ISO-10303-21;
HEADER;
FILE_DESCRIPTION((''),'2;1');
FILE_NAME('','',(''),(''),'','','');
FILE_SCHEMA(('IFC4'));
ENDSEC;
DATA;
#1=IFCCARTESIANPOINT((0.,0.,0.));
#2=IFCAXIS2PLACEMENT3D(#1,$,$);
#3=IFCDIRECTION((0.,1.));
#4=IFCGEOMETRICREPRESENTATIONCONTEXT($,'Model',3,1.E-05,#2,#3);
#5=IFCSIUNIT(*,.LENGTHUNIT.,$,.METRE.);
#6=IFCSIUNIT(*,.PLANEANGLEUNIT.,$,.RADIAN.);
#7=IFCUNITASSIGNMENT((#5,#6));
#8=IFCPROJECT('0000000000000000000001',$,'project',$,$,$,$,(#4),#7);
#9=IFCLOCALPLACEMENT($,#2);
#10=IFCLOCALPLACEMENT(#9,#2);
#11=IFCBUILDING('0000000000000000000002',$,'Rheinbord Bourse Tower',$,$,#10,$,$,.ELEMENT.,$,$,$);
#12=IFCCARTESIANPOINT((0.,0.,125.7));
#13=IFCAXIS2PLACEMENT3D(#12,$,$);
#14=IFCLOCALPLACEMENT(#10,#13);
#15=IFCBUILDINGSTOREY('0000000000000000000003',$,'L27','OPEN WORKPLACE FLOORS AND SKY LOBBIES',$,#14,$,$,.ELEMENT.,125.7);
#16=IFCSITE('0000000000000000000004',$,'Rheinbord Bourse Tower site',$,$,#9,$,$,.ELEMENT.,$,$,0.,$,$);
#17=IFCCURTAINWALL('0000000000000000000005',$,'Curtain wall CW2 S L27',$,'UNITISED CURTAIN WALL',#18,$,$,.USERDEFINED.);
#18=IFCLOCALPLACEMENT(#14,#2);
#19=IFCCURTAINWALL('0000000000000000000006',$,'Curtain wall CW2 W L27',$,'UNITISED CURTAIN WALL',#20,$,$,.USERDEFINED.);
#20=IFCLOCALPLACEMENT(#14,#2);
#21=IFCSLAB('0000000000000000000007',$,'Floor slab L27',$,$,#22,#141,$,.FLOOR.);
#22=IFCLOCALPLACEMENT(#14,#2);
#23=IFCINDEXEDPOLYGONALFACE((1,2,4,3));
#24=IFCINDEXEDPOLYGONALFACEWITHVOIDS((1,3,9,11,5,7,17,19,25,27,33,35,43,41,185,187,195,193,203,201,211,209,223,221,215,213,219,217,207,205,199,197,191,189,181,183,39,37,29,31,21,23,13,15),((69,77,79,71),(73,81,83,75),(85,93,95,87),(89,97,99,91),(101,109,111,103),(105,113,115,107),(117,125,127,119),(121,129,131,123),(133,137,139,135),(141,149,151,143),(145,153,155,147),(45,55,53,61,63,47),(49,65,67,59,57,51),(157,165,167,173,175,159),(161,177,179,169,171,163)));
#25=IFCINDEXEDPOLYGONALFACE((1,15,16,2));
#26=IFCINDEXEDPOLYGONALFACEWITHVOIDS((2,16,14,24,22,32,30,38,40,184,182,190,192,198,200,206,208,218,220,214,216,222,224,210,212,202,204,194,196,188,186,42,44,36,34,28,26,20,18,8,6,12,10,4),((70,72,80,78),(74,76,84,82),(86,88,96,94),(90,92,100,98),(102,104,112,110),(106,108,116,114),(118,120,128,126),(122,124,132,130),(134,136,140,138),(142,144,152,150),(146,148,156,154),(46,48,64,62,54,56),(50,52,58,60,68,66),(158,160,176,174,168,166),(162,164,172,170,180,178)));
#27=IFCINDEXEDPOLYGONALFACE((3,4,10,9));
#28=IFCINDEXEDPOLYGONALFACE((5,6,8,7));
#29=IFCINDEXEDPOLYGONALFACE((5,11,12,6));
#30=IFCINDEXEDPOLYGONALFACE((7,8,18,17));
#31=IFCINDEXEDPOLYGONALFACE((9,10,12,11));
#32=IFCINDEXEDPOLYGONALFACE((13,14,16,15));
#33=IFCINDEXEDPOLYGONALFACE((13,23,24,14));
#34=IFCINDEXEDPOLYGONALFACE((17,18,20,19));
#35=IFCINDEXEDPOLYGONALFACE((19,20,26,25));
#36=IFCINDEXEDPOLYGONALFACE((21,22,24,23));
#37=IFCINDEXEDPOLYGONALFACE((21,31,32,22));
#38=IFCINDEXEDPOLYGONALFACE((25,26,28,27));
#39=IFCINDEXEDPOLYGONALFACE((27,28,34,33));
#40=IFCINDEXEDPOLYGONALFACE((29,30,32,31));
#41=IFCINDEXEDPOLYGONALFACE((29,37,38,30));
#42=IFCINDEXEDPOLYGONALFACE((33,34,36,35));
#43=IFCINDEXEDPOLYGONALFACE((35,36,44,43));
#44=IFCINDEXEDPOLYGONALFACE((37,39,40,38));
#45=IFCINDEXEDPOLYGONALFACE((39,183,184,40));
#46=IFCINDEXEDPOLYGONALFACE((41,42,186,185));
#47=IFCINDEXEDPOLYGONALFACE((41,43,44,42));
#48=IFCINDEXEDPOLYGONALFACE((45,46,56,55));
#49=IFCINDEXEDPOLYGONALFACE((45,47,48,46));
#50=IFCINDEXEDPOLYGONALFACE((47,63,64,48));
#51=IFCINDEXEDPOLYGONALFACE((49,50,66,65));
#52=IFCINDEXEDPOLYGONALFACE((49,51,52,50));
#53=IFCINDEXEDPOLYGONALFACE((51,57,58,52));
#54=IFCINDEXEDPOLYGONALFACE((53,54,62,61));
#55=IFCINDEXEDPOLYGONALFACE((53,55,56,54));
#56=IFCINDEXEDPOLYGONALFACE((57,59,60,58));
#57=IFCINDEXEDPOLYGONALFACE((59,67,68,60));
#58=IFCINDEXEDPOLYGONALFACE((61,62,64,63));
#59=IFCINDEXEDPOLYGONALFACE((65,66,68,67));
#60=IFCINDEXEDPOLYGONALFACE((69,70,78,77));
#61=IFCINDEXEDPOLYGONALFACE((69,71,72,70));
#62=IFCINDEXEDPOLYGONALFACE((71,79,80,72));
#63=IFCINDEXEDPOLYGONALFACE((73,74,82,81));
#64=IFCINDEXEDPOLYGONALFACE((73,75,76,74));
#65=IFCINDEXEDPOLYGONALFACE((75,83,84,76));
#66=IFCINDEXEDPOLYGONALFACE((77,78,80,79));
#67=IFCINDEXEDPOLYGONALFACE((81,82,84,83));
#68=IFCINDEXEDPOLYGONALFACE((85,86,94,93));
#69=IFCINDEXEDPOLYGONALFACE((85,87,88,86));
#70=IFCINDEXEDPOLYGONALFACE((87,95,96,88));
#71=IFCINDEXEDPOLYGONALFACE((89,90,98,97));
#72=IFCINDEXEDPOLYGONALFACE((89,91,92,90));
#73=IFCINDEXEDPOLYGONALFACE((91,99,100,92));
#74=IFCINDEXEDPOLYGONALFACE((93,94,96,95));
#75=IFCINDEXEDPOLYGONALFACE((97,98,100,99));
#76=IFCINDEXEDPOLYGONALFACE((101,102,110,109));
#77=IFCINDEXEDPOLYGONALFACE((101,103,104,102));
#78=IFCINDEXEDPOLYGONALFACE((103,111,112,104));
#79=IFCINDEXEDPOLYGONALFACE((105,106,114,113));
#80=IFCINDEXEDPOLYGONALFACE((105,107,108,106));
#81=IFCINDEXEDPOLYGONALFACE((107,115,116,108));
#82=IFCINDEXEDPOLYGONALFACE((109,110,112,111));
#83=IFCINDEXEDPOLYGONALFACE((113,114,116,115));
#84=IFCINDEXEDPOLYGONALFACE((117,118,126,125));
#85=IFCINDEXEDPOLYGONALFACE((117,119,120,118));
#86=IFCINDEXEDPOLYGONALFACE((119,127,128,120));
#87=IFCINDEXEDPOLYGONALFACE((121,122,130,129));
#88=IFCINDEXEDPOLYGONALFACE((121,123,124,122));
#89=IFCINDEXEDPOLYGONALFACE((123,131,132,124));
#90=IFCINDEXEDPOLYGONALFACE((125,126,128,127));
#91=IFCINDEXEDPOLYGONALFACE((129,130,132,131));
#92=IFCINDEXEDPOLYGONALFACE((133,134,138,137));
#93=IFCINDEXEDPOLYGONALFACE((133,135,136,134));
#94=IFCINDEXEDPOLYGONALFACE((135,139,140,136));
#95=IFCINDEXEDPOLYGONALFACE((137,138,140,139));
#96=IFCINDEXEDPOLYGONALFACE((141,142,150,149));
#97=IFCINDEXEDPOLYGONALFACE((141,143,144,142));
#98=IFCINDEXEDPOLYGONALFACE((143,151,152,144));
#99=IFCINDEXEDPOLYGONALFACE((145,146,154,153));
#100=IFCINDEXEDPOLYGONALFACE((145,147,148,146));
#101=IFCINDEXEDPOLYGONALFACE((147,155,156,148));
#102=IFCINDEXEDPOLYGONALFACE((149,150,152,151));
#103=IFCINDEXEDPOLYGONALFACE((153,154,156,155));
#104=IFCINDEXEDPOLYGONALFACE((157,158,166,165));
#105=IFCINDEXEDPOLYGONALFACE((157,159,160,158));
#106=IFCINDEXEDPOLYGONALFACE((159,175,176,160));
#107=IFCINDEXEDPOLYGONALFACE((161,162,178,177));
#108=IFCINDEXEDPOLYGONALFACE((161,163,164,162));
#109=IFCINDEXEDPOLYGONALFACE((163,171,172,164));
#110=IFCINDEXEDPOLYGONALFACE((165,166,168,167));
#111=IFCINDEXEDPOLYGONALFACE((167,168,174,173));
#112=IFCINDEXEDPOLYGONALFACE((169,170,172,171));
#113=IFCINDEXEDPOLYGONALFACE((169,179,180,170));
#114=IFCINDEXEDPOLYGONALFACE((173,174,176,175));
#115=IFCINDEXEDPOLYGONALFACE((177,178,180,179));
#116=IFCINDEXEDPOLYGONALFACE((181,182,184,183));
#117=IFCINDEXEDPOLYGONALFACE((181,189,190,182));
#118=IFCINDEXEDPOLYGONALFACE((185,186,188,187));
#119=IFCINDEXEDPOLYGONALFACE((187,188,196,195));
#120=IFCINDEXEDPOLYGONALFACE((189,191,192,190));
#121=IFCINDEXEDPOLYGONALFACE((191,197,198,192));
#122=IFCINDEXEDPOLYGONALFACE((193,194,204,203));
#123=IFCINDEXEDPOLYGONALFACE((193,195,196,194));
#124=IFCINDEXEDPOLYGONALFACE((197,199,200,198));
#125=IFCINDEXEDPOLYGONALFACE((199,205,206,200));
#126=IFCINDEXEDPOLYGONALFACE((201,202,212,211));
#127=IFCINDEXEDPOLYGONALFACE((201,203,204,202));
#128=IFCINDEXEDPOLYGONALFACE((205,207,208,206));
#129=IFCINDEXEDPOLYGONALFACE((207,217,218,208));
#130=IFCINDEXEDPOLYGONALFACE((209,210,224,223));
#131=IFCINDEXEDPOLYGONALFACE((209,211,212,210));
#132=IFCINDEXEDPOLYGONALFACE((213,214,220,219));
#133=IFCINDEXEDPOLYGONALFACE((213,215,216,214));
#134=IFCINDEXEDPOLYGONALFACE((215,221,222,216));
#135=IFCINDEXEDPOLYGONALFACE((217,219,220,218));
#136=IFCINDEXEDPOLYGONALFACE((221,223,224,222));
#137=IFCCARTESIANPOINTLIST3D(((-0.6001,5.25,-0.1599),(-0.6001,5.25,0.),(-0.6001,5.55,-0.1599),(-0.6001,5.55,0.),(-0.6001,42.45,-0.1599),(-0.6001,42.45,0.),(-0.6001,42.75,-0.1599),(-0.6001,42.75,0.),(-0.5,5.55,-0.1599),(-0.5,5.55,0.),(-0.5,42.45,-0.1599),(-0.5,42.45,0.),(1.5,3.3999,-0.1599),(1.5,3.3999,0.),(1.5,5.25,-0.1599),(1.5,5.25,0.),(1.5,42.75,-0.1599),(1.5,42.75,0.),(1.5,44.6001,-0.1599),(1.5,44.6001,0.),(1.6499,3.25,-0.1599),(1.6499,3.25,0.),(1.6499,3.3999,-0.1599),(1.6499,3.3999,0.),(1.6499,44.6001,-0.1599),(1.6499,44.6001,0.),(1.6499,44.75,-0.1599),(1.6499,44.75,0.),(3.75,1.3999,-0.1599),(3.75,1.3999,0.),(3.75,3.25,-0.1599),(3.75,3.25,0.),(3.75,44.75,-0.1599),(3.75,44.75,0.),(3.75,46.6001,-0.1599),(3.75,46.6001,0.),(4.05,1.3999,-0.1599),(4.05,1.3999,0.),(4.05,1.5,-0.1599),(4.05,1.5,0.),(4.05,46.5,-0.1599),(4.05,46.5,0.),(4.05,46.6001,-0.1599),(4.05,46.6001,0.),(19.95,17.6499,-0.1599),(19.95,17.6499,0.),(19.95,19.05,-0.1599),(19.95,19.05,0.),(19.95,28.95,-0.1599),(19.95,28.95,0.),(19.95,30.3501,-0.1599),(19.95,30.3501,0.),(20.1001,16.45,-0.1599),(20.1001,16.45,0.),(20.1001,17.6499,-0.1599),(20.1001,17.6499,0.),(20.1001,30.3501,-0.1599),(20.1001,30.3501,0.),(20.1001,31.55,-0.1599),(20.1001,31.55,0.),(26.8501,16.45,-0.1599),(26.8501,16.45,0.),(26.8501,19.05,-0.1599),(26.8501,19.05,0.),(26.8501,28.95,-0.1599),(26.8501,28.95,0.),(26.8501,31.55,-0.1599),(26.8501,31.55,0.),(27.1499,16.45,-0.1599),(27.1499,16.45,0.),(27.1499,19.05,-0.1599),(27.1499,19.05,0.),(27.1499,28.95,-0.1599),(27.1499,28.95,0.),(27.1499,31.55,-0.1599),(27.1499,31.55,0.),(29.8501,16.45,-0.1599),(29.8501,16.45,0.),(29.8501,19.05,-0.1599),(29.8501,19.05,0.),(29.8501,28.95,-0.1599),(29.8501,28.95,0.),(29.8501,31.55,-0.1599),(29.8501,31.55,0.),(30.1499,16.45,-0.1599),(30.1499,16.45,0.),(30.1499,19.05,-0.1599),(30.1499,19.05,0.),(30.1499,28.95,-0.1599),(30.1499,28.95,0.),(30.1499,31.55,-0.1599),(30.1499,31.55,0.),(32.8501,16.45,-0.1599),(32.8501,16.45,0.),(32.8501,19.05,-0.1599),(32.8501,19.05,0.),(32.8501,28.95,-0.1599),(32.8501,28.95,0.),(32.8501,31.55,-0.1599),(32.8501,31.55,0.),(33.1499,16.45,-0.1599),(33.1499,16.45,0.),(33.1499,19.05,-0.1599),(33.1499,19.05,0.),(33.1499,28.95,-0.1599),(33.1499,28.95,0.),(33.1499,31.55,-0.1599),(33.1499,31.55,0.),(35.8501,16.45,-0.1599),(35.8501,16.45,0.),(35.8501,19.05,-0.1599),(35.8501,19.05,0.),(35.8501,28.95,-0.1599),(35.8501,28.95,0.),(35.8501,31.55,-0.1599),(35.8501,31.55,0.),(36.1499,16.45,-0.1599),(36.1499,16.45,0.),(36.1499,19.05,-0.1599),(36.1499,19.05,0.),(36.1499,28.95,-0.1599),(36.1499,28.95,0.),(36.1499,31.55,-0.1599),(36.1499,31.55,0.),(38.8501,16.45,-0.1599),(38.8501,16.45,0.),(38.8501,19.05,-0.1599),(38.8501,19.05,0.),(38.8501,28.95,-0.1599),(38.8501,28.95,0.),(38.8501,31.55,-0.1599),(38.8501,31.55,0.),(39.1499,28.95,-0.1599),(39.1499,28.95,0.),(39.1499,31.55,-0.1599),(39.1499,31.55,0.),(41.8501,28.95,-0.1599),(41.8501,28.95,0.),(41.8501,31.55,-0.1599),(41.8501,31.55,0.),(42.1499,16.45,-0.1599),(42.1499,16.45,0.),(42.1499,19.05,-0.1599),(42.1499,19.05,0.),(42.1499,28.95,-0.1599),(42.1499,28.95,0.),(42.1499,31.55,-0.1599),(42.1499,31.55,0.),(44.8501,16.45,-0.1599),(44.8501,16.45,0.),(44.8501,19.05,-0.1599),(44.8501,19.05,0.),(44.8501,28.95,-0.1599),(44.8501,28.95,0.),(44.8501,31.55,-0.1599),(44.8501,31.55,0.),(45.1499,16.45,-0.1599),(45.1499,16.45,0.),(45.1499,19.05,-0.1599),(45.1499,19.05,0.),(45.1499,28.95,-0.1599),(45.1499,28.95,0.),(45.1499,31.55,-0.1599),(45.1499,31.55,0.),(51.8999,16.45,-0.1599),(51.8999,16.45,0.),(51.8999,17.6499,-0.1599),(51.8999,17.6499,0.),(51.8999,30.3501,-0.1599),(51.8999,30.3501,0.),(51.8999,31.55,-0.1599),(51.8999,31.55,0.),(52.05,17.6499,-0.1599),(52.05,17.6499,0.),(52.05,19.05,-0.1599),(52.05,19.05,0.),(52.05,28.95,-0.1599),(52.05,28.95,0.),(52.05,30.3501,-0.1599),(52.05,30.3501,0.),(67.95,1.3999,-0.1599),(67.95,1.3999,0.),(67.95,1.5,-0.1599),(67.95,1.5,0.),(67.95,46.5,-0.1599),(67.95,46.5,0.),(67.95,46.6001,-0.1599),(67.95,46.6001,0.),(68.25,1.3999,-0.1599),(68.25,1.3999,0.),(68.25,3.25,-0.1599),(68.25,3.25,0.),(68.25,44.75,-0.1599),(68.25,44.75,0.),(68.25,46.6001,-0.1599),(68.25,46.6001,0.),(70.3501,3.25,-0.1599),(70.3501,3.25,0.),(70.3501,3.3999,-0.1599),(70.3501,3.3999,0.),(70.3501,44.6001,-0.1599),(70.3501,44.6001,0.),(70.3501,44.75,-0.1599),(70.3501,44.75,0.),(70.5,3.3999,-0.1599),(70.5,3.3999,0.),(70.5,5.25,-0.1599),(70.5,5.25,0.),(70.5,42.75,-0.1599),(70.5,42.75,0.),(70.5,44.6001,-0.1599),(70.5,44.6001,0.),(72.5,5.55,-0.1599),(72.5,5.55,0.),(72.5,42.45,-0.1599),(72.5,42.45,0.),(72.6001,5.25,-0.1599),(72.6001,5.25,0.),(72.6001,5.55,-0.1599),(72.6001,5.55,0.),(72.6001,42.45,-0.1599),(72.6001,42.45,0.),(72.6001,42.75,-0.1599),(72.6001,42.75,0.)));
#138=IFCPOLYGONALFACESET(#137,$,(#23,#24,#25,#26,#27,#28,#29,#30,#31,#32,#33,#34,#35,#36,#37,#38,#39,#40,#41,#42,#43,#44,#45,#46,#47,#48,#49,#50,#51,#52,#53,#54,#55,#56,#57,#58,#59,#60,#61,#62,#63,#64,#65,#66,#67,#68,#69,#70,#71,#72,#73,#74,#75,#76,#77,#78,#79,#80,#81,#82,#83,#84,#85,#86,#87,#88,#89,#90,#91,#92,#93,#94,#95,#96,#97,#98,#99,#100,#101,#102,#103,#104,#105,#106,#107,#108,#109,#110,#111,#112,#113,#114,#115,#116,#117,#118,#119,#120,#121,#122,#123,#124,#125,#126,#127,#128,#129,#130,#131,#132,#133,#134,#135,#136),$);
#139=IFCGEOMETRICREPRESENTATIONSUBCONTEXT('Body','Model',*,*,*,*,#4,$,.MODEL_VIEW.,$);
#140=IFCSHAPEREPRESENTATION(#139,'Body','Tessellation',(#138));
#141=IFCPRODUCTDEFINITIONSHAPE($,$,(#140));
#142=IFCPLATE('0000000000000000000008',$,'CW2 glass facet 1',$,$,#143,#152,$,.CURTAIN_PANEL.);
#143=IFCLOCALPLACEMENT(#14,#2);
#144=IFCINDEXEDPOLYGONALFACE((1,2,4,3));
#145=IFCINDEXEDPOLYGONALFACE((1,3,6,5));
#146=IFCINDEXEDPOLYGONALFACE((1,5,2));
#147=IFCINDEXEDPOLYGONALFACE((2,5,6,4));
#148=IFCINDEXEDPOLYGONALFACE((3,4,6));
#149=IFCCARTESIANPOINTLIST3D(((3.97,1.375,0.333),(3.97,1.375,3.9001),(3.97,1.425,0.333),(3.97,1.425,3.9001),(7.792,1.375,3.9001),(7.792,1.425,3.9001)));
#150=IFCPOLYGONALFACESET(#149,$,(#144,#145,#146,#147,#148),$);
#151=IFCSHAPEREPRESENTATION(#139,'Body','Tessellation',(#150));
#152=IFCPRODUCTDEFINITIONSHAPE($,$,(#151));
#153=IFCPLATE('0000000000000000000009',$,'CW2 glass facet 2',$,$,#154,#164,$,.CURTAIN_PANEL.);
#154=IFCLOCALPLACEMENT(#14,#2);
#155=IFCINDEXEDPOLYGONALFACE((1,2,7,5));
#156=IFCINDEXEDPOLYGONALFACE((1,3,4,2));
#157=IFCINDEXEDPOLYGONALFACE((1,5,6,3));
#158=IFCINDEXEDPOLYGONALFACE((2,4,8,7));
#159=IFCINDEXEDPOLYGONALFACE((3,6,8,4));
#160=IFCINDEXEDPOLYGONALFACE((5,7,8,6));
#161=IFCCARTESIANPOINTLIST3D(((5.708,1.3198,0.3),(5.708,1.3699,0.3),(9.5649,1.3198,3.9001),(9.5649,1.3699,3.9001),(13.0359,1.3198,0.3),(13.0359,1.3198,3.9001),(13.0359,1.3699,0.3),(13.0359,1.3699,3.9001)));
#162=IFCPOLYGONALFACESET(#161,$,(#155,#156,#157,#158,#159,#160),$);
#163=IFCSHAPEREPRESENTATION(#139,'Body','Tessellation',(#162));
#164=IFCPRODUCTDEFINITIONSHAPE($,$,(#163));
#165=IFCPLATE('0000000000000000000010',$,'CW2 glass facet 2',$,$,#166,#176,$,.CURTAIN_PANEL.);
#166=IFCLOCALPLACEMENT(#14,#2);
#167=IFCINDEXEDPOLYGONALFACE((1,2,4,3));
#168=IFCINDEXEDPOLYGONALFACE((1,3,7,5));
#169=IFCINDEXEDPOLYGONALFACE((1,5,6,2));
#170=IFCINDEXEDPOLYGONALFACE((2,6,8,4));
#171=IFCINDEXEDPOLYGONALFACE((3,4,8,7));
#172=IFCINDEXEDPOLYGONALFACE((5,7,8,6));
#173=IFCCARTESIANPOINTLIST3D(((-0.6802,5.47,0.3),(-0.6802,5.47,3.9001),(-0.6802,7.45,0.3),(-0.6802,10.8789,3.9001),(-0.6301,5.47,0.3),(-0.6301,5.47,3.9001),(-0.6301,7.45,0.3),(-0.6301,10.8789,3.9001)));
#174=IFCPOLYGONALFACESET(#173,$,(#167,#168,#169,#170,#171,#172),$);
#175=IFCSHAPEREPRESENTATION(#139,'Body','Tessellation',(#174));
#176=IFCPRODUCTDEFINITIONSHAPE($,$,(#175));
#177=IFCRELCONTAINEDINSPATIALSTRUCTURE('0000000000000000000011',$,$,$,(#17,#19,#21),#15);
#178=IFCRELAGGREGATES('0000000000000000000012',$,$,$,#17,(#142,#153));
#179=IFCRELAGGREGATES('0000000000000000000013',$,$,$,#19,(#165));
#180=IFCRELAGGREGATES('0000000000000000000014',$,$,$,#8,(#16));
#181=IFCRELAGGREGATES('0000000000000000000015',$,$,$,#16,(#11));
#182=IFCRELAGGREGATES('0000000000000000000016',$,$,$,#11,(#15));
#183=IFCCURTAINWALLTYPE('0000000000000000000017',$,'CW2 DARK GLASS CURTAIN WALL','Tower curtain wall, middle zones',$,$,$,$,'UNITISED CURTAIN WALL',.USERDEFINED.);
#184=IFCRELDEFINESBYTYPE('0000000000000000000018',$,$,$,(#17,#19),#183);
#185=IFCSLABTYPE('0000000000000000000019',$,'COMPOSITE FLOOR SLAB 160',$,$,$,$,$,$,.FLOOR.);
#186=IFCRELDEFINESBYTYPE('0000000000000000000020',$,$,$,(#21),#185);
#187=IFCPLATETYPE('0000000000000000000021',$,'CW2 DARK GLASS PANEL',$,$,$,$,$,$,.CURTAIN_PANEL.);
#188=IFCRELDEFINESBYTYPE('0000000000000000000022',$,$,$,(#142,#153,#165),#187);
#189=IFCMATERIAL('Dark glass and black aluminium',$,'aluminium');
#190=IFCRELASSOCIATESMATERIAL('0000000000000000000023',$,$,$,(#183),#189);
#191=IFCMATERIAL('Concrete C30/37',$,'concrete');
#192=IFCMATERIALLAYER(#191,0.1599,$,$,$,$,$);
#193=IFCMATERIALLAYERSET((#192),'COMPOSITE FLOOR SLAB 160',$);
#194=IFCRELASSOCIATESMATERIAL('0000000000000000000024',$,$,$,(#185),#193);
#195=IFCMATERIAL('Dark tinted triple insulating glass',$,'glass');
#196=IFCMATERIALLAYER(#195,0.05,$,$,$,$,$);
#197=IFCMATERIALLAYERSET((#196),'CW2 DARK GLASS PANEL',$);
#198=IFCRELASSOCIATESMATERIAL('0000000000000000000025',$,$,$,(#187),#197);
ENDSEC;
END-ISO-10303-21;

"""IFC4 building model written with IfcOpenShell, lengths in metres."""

from ifc_helpers import new_model, si_unit, direction, frame, origin, place, context, subcontext, project, spatial, polyline, outline, extrude, material, layer, layer_set, type_object, element, aggregate, save


model = new_model("IFC4")

# Units and contexts
model_context = context("Model", 3, precision=1e-05, world=origin(), true_north=direction((0.0, 1.0)))
body_context = subcontext(model_context, "Body", "Model", "MODEL_VIEW")
ifc_project = project(units=[si_unit("LENGTHUNIT", "METRE"), si_unit("PLANEANGLEUNIT", "RADIAN")], contexts=[model_context])

# Site, building, storey
site_placement = place(None, origin())
site = spatial("IfcSite", under=ifc_project, at=site_placement, Name="Rheinbord Bourse Tower site", CompositionType="ELEMENT", RefElevation=0.0)
building_placement = place(site_placement, origin())
building = spatial("IfcBuilding", under=site, at=building_placement, Name="Rheinbord Bourse Tower", CompositionType="ELEMENT")
storey_placement = place(building_placement, frame((0.0, 0.0, 125.7)))
storey = spatial("IfcBuildingStorey", under=building, at=storey_placement, Name="L27", Description="OPEN WORKPLACE FLOORS AND SKY LOBBIES", CompositionType="ELEMENT", Elevation=125.7)

# Curtain wall
ifc_material_1 = material(Name="Dark glass and black aluminium", Category="aluminium")
curtain_wall_type = type_object("IfcCurtainWallType", Name="CW2 DARK GLASS CURTAIN WALL", Description="Tower curtain wall, middle zones", ElementType="UNITISED CURTAIN WALL", PredefinedType="USERDEFINED", material=ifc_material_1)
curtain_wall_1_placement = place(storey_placement, origin())
curtain_wall_1 = element("IfcCurtainWall", 1, at=curtain_wall_1_placement, inside=storey, type_object=curtain_wall_type, Name="Curtain wall CW2 S L27", ObjectType="UNITISED CURTAIN WALL", PredefinedType="USERDEFINED")

# Curtain wall
curtain_wall_2_placement = place(storey_placement, origin())
curtain_wall_2 = element("IfcCurtainWall", 2, at=curtain_wall_2_placement, inside=storey, type_object=curtain_wall_type, Name="Curtain wall CW2 W L27", ObjectType="UNITISED CURTAIN WALL", PredefinedType="USERDEFINED")

# Slab
ifc_material_2 = material(Name="Concrete C30/37", Category="concrete")
ifc_layer_1 = layer(ifc_material_2, 0.1599)
ifc_layer_set_1 = layer_set([ifc_layer_1], Name="COMPOSITE FLOOR SLAB 160")
slab_type_1 = type_object("IfcSlabType", Name="COMPOSITE FLOOR SLAB 160", PredefinedType="FLOOR", material=ifc_layer_set_1)
slab_1_placement = place(storey_placement, frame((0.0, 0.0, -0.1599)))
element("IfcSlab", 3, at=slab_1_placement, inside=storey, type_object=slab_type_1, Name="Floor slab L27", PredefinedType="FLOOR", context=body_context, shape_type="SweptSolid", body=[
    extrude(outline(polyline([(1.6499, 3.3999), (1.5, 3.3999), (1.5, 5.25), (-0.6001, 5.25), (-0.6001, 5.55), (-0.5, 5.55), (-0.5, 42.45), (-0.6001, 42.45), (-0.6001, 42.75), (1.5, 42.75), (1.5, 44.6001), (1.6499, 44.6001), (1.6499, 44.75), (3.75, 44.75), (3.75, 46.6001), (4.05, 46.6001), (4.05, 46.5), (67.95, 46.5), (67.95, 46.6001), (68.25, 46.6001), (68.25, 44.75), (70.3501, 44.75), (70.3501, 44.6001), (70.5, 44.6001), (70.5, 42.75), (72.6001, 42.75), (72.6001, 42.45), (72.5, 42.45), (72.5, 5.55), (72.6001, 5.55), (72.6001, 5.25), (70.5, 5.25), (70.5, 3.3999), (70.3501, 3.3999), (70.3501, 3.25), (68.25, 3.25), (68.25, 1.3999), (67.95, 1.3999), (67.95, 1.5), (4.05, 1.5), (4.05, 1.3999), (3.75, 1.3999), (3.75, 3.25), (1.6499, 3.25), (1.6499, 3.3999)]), holes=[polyline([(19.95, 19.05), (26.8501, 19.05), (26.8501, 16.45), (20.1001, 16.45), (20.1001, 17.6499), (19.95, 17.6499), (19.95, 19.05)]), polyline([(26.8501, 31.55), (26.8501, 28.95), (19.95, 28.95), (19.95, 30.3501), (20.1001, 30.3501), (20.1001, 31.55), (26.8501, 31.55)]), polyline([(45.1499, 16.45), (45.1499, 19.05), (52.05, 19.05), (52.05, 17.6499), (51.8999, 17.6499), (51.8999, 16.45), (45.1499, 16.45)]), polyline([(52.05, 28.95), (45.1499, 28.95), (45.1499, 31.55), (51.8999, 31.55), (51.8999, 30.3501), (52.05, 30.3501), (52.05, 28.95)]), polyline([(27.1499, 16.45), (27.1499, 19.05), (29.8501, 19.05), (29.8501, 16.45), (27.1499, 16.45)]), polyline([(27.1499, 28.95), (27.1499, 31.55), (29.8501, 31.55), (29.8501, 28.95), (27.1499, 28.95)]), polyline([(30.1499, 16.45), (30.1499, 19.05), (32.8501, 19.05), (32.8501, 16.45), (30.1499, 16.45)]), polyline([(30.1499, 28.95), (30.1499, 31.55), (32.8501, 31.55), (32.8501, 28.95), (30.1499, 28.95)]), polyline([(33.1499, 16.45), (33.1499, 19.05), (35.8501, 19.05), (35.8501, 16.45), (33.1499, 16.45)]), polyline([(33.1499, 28.95), (33.1499, 31.55), (35.8501, 31.55), (35.8501, 28.95), (33.1499, 28.95)]), polyline([(36.1499, 16.45), (36.1499, 19.05), (38.8501, 19.05), (38.8501, 16.45), (36.1499, 16.45)]), polyline([(36.1499, 28.95), (36.1499, 31.55), (38.8501, 31.55), (38.8501, 28.95), (36.1499, 28.95)]), polyline([(39.1499, 28.95), (39.1499, 31.55), (41.8501, 31.55), (41.8501, 28.95), (39.1499, 28.95)]), polyline([(42.1499, 16.45), (42.1499, 19.05), (44.8501, 19.05), (44.8501, 16.45), (42.1499, 16.45)]), polyline([(42.1499, 28.95), (42.1499, 31.55), (44.8501, 31.55), (44.8501, 28.95), (42.1499, 28.95)])]), origin(), (0.0, 0.0, 1.0), 0.1599),
])

# Plates
ifc_material_3 = material(Name="Dark tinted triple insulating glass", Category="glass")
ifc_layer_2 = layer(ifc_material_3, 0.05)
ifc_layer_set_2 = layer_set([ifc_layer_2], Name="CW2 DARK GLASS PANEL")
plate_type = type_object("IfcPlateType", Name="CW2 DARK GLASS PANEL", PredefinedType="CURTAIN_PANEL", material=ifc_layer_set_2)
plate_1_placement = place(storey_placement, frame((3.97, 1.375, 3.9001), z_axis=(0.0, 1.0, 0.0), x_axis=(1.0, 0.0, 0.0)))
plate_1 = element("IfcPlate", 4, at=plate_1_placement, type_object=plate_type, Name="CW2 glass facet 1", PredefinedType="CURTAIN_PANEL", context=body_context, shape_type="SweptSolid", body=[
    extrude(outline(polyline([(0.0, 0.0), (3.822, 0.0), (0.0, 3.5671), (0.0, 0.0)])), origin(), (0.0, 0.0, 1.0), 0.05),
])
plate_2_placement = place(storey_placement, frame((13.0359, 1.3198, 3.9001), z_axis=(0.0, 1.0, 0.0), x_axis=(0.0, 0.0, -1.0)))
plate_2 = element("IfcPlate", 5, at=plate_2_placement, type_object=plate_type, Name="CW2 glass facet 2", PredefinedType="CURTAIN_PANEL", context=body_context, shape_type="SweptSolid", body=[
    extrude(outline(polyline([(0.0, 0.0), (3.6001, 0.0), (3.6001, 7.3279), (0.0, 3.4709), (0.0, 0.0)])), origin(), (0.0, 0.0, 1.0), 0.05),
])
aggregate(curtain_wall_1, [plate_1, plate_2])
plate_3_placement = place(storey_placement, frame((-0.6802, 5.47, 3.9001), z_axis=(1.0, 0.0, 0.0), x_axis=(0.0, 0.0, -1.0)))
plate_3 = element("IfcPlate", 6, at=plate_3_placement, type_object=plate_type, Name="CW2 glass facet 2", PredefinedType="CURTAIN_PANEL", context=body_context, shape_type="SweptSolid", body=[
    extrude(outline(polyline([(0.0, 0.0), (3.6001, 0.0), (3.6001, 1.98), (0.0, 5.4089), (0.0, 0.0)])), origin(), (0.0, 0.0, 1.0), 0.05),
])
aggregate(curtain_wall_2, [plate_3])

save(model, "model.ifc")
